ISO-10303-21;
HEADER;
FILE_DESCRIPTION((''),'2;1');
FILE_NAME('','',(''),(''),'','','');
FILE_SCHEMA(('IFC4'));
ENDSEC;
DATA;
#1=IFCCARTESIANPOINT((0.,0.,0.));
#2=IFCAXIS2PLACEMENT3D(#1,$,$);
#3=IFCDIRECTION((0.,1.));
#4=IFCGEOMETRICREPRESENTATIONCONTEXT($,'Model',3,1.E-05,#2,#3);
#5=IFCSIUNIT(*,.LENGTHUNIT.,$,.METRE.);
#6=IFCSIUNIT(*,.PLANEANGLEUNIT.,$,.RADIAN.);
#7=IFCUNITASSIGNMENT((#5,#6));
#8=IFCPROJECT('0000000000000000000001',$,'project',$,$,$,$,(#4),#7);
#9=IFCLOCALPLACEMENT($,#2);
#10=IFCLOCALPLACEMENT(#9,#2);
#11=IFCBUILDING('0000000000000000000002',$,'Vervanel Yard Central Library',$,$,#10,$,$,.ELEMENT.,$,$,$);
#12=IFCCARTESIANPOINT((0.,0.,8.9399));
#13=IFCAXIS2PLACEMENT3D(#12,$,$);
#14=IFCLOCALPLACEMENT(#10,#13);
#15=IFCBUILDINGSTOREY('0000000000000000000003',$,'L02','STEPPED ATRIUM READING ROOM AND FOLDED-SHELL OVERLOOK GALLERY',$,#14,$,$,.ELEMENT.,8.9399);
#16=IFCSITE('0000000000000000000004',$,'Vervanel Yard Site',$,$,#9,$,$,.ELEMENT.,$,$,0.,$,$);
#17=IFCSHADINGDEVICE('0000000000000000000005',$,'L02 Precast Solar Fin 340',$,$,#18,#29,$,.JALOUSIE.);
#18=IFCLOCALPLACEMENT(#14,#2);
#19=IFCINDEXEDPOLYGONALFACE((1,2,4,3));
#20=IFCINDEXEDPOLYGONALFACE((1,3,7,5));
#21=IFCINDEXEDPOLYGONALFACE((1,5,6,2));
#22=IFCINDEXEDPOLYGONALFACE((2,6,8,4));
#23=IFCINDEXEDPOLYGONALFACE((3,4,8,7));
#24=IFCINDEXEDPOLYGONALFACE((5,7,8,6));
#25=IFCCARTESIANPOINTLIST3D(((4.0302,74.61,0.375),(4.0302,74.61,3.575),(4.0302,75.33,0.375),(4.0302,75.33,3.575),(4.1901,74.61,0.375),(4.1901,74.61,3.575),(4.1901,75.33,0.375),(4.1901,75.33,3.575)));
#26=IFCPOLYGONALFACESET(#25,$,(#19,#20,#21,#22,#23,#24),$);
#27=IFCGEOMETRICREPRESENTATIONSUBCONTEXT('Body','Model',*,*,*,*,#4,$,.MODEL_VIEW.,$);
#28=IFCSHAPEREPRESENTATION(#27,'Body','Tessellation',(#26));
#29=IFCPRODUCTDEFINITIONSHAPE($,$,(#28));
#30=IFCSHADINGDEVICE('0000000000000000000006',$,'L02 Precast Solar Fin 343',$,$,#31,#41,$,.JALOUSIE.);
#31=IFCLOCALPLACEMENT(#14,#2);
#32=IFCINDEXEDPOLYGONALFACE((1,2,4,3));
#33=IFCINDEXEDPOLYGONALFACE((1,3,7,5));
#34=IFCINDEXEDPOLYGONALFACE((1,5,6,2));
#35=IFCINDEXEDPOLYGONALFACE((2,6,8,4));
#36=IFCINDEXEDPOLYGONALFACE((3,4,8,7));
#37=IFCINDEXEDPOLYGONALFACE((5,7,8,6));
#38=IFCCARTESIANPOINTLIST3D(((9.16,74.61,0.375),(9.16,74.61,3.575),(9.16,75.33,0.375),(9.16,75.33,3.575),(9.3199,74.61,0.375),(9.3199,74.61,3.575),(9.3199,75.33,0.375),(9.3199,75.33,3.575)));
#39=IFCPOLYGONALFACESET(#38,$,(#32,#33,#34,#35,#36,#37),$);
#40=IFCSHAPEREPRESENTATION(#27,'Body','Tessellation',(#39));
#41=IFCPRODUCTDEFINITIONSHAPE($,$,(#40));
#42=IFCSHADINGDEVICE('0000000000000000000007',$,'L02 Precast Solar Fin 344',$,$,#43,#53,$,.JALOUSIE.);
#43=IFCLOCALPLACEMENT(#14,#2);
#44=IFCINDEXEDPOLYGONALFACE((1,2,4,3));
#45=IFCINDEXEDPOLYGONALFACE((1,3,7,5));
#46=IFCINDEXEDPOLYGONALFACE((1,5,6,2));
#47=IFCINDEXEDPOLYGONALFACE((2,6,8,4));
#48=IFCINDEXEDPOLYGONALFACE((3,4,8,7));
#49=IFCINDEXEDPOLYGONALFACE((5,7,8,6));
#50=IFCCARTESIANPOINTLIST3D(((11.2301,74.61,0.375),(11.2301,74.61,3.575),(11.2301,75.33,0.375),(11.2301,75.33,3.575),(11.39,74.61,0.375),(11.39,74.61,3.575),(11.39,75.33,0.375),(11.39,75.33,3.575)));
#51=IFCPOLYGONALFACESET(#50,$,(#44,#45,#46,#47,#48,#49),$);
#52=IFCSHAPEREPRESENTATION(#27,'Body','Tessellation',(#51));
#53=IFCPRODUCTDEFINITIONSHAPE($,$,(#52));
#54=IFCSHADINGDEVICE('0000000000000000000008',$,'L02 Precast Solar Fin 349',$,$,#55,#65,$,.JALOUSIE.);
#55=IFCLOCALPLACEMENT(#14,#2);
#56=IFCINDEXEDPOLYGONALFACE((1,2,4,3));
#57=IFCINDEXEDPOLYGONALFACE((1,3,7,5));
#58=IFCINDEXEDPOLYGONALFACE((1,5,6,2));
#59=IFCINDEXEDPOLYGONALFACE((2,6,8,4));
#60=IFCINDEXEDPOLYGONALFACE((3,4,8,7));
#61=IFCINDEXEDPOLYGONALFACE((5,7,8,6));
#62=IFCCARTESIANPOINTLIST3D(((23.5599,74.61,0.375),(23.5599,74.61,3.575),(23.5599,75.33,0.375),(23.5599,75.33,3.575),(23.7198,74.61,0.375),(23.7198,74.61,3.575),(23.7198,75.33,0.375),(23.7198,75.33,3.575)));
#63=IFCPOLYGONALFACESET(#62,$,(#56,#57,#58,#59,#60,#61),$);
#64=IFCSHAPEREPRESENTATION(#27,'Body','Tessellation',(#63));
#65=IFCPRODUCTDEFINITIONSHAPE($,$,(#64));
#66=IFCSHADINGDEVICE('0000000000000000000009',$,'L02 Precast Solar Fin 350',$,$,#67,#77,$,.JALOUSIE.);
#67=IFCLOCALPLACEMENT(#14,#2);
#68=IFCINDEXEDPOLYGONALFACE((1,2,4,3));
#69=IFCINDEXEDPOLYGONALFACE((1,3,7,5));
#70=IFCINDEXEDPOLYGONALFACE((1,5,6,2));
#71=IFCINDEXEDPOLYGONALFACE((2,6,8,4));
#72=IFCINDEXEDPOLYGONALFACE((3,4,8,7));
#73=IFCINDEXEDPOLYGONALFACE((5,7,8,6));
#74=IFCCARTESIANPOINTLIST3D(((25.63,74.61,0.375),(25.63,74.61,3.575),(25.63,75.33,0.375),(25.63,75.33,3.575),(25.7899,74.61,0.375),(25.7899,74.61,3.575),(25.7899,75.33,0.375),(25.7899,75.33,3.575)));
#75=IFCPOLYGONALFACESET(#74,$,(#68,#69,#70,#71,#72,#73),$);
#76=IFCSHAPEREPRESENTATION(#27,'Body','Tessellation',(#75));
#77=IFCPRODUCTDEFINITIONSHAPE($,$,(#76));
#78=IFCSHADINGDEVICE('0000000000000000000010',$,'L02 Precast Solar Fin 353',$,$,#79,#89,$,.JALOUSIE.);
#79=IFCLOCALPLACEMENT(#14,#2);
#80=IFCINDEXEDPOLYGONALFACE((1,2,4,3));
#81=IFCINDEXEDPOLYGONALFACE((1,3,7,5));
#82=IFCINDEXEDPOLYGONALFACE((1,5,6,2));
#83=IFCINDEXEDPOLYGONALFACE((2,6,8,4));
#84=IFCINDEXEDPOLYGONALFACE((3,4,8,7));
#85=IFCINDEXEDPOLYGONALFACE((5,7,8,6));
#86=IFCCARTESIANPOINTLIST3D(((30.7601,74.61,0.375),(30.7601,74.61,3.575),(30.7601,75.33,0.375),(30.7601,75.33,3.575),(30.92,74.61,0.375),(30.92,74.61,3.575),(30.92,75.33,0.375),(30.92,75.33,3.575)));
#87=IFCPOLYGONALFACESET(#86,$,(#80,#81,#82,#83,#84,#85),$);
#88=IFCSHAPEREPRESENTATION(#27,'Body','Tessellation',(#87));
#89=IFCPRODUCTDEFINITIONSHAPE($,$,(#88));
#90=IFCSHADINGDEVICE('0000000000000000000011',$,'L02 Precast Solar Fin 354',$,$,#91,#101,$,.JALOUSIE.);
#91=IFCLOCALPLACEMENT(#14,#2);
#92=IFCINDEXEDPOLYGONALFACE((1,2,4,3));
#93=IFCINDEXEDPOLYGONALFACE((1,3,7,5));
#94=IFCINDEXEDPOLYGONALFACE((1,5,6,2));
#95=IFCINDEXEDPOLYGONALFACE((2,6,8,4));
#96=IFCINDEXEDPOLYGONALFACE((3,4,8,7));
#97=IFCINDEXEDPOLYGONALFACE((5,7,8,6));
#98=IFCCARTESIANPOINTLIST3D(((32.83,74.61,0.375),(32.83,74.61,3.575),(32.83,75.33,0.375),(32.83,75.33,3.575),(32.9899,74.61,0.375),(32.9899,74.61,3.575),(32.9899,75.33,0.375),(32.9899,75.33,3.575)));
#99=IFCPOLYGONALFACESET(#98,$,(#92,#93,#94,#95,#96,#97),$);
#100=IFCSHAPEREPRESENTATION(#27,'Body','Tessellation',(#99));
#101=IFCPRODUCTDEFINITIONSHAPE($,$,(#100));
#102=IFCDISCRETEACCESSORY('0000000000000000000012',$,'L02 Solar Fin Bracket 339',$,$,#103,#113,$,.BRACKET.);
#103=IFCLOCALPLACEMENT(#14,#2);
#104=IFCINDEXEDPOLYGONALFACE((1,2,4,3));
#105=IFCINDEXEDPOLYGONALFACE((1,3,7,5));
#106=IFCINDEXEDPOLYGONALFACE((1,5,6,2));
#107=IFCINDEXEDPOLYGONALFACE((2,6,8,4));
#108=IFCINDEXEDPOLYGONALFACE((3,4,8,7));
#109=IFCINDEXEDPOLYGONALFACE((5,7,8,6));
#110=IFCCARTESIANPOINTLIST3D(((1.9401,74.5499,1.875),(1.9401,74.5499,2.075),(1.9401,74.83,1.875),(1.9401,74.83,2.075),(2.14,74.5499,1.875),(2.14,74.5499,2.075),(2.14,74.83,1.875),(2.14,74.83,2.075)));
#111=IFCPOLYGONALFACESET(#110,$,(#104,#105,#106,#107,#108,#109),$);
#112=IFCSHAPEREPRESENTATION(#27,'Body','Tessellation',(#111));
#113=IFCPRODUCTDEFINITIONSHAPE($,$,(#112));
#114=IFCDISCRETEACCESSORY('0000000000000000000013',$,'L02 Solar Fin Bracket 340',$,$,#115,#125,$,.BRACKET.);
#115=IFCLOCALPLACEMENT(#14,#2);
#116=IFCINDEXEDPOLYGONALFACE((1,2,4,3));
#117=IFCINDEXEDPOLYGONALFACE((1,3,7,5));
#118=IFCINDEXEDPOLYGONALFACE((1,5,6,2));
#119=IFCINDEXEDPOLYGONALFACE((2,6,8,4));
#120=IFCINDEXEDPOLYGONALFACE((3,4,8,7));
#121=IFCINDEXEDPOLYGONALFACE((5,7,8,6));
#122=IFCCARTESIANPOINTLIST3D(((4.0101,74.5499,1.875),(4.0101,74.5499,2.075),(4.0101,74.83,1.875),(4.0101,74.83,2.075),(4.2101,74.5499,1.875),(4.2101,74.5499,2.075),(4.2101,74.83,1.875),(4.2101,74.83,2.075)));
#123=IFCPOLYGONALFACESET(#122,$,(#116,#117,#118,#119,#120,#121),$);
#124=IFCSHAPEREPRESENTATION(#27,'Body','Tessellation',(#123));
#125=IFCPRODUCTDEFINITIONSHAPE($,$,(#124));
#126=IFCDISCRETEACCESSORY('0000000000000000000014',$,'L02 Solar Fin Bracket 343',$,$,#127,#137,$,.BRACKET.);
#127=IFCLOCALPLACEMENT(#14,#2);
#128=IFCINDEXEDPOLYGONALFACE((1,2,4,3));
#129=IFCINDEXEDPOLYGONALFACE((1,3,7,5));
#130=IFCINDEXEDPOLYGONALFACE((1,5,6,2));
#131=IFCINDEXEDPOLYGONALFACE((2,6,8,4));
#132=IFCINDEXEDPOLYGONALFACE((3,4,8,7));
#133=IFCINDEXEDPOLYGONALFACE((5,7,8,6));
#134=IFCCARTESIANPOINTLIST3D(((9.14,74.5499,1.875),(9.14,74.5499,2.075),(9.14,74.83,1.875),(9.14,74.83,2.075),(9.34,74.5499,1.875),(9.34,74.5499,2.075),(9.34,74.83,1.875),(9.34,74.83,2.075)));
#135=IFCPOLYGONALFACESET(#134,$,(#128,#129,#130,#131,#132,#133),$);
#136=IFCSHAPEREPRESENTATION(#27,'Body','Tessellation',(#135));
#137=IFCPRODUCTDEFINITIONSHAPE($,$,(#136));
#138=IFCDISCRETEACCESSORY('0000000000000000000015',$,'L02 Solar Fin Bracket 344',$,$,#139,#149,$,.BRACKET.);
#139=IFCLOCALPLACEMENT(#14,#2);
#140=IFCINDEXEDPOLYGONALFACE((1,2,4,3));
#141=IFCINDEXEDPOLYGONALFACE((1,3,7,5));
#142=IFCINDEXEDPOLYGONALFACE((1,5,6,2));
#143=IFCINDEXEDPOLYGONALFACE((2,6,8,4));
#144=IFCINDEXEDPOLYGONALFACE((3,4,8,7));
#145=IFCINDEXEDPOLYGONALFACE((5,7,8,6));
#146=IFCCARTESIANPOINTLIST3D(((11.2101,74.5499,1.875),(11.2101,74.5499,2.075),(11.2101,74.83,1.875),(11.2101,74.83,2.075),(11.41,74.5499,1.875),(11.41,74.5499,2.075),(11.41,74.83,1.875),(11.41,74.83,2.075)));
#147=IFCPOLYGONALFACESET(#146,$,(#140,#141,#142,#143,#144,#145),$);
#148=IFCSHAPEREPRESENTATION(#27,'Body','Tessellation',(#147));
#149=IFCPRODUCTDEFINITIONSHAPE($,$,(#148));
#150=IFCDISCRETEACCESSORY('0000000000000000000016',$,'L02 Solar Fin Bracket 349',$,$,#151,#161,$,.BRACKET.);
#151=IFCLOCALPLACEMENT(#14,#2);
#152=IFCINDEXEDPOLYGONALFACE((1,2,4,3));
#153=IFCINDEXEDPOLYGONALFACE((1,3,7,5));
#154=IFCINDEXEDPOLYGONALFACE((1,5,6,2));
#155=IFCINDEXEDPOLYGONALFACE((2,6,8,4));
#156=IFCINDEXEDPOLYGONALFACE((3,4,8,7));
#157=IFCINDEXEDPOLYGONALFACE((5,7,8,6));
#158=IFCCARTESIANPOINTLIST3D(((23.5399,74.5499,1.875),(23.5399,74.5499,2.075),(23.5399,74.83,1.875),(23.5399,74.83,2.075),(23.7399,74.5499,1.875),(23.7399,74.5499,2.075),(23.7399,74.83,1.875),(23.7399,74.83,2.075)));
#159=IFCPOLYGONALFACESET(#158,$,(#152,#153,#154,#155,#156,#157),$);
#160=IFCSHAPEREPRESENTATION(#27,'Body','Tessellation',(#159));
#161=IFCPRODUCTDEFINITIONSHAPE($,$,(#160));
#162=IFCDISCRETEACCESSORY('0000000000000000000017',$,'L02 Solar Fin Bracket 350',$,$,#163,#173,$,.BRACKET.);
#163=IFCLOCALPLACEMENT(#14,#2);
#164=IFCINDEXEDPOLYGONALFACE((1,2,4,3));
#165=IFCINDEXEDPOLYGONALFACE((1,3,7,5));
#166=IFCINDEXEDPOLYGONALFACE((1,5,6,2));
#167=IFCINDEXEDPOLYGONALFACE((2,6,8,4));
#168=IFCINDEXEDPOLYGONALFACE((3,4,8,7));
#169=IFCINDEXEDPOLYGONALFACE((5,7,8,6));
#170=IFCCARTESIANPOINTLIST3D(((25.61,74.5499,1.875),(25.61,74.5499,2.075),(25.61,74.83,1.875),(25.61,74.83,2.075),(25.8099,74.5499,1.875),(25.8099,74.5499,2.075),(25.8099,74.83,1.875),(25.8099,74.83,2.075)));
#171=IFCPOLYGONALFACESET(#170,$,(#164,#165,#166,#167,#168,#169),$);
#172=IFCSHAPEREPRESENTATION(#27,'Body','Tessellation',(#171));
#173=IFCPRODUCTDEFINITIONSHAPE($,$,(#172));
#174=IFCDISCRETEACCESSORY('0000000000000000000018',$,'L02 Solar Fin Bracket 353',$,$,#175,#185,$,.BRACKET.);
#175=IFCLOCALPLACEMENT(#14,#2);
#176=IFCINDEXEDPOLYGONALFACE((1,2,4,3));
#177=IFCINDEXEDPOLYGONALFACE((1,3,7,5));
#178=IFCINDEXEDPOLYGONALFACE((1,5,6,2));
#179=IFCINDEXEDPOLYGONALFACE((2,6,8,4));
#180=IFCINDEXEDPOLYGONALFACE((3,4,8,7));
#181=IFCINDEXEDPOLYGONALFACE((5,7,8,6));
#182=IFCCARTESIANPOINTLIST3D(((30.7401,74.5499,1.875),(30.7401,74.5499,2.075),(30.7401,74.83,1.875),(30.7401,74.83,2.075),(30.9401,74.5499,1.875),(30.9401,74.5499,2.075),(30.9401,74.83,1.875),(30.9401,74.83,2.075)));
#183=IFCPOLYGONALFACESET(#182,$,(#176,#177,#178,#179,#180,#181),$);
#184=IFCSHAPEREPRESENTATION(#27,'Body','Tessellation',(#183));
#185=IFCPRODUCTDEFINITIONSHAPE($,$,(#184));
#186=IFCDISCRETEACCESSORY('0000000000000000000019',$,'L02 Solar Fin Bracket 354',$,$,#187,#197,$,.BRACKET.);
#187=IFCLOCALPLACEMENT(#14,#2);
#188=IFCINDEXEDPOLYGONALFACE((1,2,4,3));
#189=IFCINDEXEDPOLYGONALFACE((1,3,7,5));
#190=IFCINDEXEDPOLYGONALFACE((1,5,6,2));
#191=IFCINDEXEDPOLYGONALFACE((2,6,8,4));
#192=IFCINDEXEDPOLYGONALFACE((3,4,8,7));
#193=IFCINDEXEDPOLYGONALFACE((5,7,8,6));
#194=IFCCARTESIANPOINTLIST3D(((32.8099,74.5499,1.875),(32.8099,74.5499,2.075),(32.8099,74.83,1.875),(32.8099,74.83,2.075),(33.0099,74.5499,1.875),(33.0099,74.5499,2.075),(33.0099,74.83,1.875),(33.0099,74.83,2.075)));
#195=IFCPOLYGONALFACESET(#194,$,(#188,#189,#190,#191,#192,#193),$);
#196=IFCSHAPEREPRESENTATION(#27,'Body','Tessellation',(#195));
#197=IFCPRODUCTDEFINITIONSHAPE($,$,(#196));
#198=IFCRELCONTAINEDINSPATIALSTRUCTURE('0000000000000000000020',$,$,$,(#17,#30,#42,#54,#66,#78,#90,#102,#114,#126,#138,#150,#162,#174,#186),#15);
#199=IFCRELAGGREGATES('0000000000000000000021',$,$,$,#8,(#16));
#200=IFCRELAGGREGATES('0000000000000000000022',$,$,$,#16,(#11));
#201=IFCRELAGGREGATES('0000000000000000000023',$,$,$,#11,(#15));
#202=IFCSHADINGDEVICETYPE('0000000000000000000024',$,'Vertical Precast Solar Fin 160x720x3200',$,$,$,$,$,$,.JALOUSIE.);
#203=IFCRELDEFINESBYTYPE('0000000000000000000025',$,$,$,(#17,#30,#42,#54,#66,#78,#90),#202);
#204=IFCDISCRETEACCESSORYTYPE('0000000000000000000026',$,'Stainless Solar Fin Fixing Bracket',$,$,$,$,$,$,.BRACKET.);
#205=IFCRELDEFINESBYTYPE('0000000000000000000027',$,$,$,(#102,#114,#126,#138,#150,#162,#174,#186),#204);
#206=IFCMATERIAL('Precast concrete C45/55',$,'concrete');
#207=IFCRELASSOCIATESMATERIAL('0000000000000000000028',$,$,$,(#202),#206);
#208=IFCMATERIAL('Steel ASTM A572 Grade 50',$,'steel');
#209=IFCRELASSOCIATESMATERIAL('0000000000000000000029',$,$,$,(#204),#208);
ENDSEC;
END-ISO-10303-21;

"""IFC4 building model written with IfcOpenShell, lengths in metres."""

from ifc_helpers import new_model, si_unit, direction, frame, origin, origin_2d, place, context, subcontext, project, spatial, rectangle, extrude, material, type_object, element, save


model = new_model("IFC4")

# Units and contexts
model_context = context("Model", 3, precision=1e-05, world=origin(), true_north=direction((0.0, 1.0)))
body_context = subcontext(model_context, "Body", "Model", "MODEL_VIEW")
ifc_project = project(units=[si_unit("LENGTHUNIT", "METRE"), si_unit("PLANEANGLEUNIT", "RADIAN")], contexts=[model_context])

# Site, building, storey
site_placement = place(None, origin())
site = spatial("IfcSite", under=ifc_project, at=site_placement, Name="Vervanel Yard Site", CompositionType="ELEMENT", RefElevation=0.0)
building_placement = place(site_placement, origin())
building = spatial("IfcBuilding", under=site, at=building_placement, Name="Vervanel Yard Central Library", CompositionType="ELEMENT")
storey_placement = place(building_placement, frame((0.0, 0.0, 8.9399)))
storey = spatial("IfcBuildingStorey", under=building, at=storey_placement, Name="L02", Description="STEPPED ATRIUM READING ROOM AND FOLDED-SHELL OVERLOOK GALLERY", CompositionType="ELEMENT", Elevation=8.9399)

# Shared definitions
ifc_material_1 = material(Name="Precast concrete C45/55", Category="concrete")

# Shading devices
shading_device_type = type_object("IfcShadingDeviceType", Name="Vertical Precast Solar Fin 160x720x3200", PredefinedType="JALOUSIE", material=ifc_material_1)
for number, where, z_axis, x_axis, name in (
    (1, (4.1101, 74.97, 0.375), (0.0, 0.0, 1.0), (1.0, 0.0, 0.0), "L02 Precast Solar Fin 340"),
    (2, (9.24, 74.97, 0.375), (0.0, 0.0, 1.0), (1.0, 0.0, 0.0), "L02 Precast Solar Fin 343"),
    (3, (11.3101, 74.97, 0.375), (0.0, 0.0, 1.0), (1.0, 0.0, 0.0), "L02 Precast Solar Fin 344"),
    (4, (23.6399, 74.97, 0.375), (0.0, 0.0, 1.0), (1.0, 0.0, 0.0), "L02 Precast Solar Fin 349"),
    (5, (25.71, 74.97, 0.375), (0.0, 0.0, 1.0), (1.0, 0.0, 0.0), "L02 Precast Solar Fin 350"),
    (6, (30.8401, 74.97, 0.375), (0.0, 0.0, 1.0), (1.0, 0.0, 0.0), "L02 Precast Solar Fin 353"),
    (7, (32.9099, 74.97, 0.375), (0.0, 0.0, 1.0), (1.0, 0.0, 0.0), "L02 Precast Solar Fin 354"),
):
    element("IfcShadingDevice", number, at=place(storey_placement, frame(where, z_axis=z_axis, x_axis=x_axis)), inside=storey, type_object=shading_device_type, Name=name, PredefinedType="JALOUSIE", context=body_context, shape_type="SweptSolid", body=[
        extrude(rectangle(XDim=0.1599, YDim=0.72, at=origin_2d()), origin(), (0.0, 0.0, 1.0), 3.2),
    ])

# Discrete accessories
ifc_material_2 = material(Name="Steel ASTM A572 Grade 50", Category="steel")
discrete_accessory_type = type_object("IfcDiscreteAccessoryType", Name="Stainless Solar Fin Fixing Bracket", PredefinedType="BRACKET", material=ifc_material_2)
for number, where, z_axis, x_axis, name in (
    (8, (2.04, 74.6899, 1.875), (0.0, 0.0, 1.0), (1.0, 0.0, 0.0), "L02 Solar Fin Bracket 339"),
    (9, (4.1101, 74.6899, 1.875), (0.0, 0.0, 1.0), (1.0, 0.0, 0.0), "L02 Solar Fin Bracket 340"),
    (10, (9.24, 74.6899, 1.875), (0.0, 0.0, 1.0), (1.0, 0.0, 0.0), "L02 Solar Fin Bracket 343"),
    (11, (11.3101, 74.6899, 1.875), (0.0, 0.0, 1.0), (1.0, 0.0, 0.0), "L02 Solar Fin Bracket 344"),
    (12, (23.6399, 74.6899, 1.875), (0.0, 0.0, 1.0), (1.0, 0.0, 0.0), "L02 Solar Fin Bracket 349"),
    (13, (25.71, 74.6899, 1.875), (0.0, 0.0, 1.0), (1.0, 0.0, 0.0), "L02 Solar Fin Bracket 350"),
    (14, (30.8401, 74.6899, 1.875), (0.0, 0.0, 1.0), (1.0, 0.0, 0.0), "L02 Solar Fin Bracket 353"),
    (15, (32.9099, 74.6899, 1.875), (0.0, 0.0, 1.0), (1.0, 0.0, 0.0), "L02 Solar Fin Bracket 354"),
):
    element("IfcDiscreteAccessory", number, at=place(storey_placement, frame(where, z_axis=z_axis, x_axis=x_axis)), inside=storey, type_object=discrete_accessory_type, Name=name, PredefinedType="BRACKET", context=body_context, shape_type="SweptSolid", body=[
        extrude(rectangle(XDim=0.2, YDim=0.28, at=origin_2d()), origin(), (0.0, 0.0, 1.0), 0.2),
    ])

save(model, "model.ifc")
